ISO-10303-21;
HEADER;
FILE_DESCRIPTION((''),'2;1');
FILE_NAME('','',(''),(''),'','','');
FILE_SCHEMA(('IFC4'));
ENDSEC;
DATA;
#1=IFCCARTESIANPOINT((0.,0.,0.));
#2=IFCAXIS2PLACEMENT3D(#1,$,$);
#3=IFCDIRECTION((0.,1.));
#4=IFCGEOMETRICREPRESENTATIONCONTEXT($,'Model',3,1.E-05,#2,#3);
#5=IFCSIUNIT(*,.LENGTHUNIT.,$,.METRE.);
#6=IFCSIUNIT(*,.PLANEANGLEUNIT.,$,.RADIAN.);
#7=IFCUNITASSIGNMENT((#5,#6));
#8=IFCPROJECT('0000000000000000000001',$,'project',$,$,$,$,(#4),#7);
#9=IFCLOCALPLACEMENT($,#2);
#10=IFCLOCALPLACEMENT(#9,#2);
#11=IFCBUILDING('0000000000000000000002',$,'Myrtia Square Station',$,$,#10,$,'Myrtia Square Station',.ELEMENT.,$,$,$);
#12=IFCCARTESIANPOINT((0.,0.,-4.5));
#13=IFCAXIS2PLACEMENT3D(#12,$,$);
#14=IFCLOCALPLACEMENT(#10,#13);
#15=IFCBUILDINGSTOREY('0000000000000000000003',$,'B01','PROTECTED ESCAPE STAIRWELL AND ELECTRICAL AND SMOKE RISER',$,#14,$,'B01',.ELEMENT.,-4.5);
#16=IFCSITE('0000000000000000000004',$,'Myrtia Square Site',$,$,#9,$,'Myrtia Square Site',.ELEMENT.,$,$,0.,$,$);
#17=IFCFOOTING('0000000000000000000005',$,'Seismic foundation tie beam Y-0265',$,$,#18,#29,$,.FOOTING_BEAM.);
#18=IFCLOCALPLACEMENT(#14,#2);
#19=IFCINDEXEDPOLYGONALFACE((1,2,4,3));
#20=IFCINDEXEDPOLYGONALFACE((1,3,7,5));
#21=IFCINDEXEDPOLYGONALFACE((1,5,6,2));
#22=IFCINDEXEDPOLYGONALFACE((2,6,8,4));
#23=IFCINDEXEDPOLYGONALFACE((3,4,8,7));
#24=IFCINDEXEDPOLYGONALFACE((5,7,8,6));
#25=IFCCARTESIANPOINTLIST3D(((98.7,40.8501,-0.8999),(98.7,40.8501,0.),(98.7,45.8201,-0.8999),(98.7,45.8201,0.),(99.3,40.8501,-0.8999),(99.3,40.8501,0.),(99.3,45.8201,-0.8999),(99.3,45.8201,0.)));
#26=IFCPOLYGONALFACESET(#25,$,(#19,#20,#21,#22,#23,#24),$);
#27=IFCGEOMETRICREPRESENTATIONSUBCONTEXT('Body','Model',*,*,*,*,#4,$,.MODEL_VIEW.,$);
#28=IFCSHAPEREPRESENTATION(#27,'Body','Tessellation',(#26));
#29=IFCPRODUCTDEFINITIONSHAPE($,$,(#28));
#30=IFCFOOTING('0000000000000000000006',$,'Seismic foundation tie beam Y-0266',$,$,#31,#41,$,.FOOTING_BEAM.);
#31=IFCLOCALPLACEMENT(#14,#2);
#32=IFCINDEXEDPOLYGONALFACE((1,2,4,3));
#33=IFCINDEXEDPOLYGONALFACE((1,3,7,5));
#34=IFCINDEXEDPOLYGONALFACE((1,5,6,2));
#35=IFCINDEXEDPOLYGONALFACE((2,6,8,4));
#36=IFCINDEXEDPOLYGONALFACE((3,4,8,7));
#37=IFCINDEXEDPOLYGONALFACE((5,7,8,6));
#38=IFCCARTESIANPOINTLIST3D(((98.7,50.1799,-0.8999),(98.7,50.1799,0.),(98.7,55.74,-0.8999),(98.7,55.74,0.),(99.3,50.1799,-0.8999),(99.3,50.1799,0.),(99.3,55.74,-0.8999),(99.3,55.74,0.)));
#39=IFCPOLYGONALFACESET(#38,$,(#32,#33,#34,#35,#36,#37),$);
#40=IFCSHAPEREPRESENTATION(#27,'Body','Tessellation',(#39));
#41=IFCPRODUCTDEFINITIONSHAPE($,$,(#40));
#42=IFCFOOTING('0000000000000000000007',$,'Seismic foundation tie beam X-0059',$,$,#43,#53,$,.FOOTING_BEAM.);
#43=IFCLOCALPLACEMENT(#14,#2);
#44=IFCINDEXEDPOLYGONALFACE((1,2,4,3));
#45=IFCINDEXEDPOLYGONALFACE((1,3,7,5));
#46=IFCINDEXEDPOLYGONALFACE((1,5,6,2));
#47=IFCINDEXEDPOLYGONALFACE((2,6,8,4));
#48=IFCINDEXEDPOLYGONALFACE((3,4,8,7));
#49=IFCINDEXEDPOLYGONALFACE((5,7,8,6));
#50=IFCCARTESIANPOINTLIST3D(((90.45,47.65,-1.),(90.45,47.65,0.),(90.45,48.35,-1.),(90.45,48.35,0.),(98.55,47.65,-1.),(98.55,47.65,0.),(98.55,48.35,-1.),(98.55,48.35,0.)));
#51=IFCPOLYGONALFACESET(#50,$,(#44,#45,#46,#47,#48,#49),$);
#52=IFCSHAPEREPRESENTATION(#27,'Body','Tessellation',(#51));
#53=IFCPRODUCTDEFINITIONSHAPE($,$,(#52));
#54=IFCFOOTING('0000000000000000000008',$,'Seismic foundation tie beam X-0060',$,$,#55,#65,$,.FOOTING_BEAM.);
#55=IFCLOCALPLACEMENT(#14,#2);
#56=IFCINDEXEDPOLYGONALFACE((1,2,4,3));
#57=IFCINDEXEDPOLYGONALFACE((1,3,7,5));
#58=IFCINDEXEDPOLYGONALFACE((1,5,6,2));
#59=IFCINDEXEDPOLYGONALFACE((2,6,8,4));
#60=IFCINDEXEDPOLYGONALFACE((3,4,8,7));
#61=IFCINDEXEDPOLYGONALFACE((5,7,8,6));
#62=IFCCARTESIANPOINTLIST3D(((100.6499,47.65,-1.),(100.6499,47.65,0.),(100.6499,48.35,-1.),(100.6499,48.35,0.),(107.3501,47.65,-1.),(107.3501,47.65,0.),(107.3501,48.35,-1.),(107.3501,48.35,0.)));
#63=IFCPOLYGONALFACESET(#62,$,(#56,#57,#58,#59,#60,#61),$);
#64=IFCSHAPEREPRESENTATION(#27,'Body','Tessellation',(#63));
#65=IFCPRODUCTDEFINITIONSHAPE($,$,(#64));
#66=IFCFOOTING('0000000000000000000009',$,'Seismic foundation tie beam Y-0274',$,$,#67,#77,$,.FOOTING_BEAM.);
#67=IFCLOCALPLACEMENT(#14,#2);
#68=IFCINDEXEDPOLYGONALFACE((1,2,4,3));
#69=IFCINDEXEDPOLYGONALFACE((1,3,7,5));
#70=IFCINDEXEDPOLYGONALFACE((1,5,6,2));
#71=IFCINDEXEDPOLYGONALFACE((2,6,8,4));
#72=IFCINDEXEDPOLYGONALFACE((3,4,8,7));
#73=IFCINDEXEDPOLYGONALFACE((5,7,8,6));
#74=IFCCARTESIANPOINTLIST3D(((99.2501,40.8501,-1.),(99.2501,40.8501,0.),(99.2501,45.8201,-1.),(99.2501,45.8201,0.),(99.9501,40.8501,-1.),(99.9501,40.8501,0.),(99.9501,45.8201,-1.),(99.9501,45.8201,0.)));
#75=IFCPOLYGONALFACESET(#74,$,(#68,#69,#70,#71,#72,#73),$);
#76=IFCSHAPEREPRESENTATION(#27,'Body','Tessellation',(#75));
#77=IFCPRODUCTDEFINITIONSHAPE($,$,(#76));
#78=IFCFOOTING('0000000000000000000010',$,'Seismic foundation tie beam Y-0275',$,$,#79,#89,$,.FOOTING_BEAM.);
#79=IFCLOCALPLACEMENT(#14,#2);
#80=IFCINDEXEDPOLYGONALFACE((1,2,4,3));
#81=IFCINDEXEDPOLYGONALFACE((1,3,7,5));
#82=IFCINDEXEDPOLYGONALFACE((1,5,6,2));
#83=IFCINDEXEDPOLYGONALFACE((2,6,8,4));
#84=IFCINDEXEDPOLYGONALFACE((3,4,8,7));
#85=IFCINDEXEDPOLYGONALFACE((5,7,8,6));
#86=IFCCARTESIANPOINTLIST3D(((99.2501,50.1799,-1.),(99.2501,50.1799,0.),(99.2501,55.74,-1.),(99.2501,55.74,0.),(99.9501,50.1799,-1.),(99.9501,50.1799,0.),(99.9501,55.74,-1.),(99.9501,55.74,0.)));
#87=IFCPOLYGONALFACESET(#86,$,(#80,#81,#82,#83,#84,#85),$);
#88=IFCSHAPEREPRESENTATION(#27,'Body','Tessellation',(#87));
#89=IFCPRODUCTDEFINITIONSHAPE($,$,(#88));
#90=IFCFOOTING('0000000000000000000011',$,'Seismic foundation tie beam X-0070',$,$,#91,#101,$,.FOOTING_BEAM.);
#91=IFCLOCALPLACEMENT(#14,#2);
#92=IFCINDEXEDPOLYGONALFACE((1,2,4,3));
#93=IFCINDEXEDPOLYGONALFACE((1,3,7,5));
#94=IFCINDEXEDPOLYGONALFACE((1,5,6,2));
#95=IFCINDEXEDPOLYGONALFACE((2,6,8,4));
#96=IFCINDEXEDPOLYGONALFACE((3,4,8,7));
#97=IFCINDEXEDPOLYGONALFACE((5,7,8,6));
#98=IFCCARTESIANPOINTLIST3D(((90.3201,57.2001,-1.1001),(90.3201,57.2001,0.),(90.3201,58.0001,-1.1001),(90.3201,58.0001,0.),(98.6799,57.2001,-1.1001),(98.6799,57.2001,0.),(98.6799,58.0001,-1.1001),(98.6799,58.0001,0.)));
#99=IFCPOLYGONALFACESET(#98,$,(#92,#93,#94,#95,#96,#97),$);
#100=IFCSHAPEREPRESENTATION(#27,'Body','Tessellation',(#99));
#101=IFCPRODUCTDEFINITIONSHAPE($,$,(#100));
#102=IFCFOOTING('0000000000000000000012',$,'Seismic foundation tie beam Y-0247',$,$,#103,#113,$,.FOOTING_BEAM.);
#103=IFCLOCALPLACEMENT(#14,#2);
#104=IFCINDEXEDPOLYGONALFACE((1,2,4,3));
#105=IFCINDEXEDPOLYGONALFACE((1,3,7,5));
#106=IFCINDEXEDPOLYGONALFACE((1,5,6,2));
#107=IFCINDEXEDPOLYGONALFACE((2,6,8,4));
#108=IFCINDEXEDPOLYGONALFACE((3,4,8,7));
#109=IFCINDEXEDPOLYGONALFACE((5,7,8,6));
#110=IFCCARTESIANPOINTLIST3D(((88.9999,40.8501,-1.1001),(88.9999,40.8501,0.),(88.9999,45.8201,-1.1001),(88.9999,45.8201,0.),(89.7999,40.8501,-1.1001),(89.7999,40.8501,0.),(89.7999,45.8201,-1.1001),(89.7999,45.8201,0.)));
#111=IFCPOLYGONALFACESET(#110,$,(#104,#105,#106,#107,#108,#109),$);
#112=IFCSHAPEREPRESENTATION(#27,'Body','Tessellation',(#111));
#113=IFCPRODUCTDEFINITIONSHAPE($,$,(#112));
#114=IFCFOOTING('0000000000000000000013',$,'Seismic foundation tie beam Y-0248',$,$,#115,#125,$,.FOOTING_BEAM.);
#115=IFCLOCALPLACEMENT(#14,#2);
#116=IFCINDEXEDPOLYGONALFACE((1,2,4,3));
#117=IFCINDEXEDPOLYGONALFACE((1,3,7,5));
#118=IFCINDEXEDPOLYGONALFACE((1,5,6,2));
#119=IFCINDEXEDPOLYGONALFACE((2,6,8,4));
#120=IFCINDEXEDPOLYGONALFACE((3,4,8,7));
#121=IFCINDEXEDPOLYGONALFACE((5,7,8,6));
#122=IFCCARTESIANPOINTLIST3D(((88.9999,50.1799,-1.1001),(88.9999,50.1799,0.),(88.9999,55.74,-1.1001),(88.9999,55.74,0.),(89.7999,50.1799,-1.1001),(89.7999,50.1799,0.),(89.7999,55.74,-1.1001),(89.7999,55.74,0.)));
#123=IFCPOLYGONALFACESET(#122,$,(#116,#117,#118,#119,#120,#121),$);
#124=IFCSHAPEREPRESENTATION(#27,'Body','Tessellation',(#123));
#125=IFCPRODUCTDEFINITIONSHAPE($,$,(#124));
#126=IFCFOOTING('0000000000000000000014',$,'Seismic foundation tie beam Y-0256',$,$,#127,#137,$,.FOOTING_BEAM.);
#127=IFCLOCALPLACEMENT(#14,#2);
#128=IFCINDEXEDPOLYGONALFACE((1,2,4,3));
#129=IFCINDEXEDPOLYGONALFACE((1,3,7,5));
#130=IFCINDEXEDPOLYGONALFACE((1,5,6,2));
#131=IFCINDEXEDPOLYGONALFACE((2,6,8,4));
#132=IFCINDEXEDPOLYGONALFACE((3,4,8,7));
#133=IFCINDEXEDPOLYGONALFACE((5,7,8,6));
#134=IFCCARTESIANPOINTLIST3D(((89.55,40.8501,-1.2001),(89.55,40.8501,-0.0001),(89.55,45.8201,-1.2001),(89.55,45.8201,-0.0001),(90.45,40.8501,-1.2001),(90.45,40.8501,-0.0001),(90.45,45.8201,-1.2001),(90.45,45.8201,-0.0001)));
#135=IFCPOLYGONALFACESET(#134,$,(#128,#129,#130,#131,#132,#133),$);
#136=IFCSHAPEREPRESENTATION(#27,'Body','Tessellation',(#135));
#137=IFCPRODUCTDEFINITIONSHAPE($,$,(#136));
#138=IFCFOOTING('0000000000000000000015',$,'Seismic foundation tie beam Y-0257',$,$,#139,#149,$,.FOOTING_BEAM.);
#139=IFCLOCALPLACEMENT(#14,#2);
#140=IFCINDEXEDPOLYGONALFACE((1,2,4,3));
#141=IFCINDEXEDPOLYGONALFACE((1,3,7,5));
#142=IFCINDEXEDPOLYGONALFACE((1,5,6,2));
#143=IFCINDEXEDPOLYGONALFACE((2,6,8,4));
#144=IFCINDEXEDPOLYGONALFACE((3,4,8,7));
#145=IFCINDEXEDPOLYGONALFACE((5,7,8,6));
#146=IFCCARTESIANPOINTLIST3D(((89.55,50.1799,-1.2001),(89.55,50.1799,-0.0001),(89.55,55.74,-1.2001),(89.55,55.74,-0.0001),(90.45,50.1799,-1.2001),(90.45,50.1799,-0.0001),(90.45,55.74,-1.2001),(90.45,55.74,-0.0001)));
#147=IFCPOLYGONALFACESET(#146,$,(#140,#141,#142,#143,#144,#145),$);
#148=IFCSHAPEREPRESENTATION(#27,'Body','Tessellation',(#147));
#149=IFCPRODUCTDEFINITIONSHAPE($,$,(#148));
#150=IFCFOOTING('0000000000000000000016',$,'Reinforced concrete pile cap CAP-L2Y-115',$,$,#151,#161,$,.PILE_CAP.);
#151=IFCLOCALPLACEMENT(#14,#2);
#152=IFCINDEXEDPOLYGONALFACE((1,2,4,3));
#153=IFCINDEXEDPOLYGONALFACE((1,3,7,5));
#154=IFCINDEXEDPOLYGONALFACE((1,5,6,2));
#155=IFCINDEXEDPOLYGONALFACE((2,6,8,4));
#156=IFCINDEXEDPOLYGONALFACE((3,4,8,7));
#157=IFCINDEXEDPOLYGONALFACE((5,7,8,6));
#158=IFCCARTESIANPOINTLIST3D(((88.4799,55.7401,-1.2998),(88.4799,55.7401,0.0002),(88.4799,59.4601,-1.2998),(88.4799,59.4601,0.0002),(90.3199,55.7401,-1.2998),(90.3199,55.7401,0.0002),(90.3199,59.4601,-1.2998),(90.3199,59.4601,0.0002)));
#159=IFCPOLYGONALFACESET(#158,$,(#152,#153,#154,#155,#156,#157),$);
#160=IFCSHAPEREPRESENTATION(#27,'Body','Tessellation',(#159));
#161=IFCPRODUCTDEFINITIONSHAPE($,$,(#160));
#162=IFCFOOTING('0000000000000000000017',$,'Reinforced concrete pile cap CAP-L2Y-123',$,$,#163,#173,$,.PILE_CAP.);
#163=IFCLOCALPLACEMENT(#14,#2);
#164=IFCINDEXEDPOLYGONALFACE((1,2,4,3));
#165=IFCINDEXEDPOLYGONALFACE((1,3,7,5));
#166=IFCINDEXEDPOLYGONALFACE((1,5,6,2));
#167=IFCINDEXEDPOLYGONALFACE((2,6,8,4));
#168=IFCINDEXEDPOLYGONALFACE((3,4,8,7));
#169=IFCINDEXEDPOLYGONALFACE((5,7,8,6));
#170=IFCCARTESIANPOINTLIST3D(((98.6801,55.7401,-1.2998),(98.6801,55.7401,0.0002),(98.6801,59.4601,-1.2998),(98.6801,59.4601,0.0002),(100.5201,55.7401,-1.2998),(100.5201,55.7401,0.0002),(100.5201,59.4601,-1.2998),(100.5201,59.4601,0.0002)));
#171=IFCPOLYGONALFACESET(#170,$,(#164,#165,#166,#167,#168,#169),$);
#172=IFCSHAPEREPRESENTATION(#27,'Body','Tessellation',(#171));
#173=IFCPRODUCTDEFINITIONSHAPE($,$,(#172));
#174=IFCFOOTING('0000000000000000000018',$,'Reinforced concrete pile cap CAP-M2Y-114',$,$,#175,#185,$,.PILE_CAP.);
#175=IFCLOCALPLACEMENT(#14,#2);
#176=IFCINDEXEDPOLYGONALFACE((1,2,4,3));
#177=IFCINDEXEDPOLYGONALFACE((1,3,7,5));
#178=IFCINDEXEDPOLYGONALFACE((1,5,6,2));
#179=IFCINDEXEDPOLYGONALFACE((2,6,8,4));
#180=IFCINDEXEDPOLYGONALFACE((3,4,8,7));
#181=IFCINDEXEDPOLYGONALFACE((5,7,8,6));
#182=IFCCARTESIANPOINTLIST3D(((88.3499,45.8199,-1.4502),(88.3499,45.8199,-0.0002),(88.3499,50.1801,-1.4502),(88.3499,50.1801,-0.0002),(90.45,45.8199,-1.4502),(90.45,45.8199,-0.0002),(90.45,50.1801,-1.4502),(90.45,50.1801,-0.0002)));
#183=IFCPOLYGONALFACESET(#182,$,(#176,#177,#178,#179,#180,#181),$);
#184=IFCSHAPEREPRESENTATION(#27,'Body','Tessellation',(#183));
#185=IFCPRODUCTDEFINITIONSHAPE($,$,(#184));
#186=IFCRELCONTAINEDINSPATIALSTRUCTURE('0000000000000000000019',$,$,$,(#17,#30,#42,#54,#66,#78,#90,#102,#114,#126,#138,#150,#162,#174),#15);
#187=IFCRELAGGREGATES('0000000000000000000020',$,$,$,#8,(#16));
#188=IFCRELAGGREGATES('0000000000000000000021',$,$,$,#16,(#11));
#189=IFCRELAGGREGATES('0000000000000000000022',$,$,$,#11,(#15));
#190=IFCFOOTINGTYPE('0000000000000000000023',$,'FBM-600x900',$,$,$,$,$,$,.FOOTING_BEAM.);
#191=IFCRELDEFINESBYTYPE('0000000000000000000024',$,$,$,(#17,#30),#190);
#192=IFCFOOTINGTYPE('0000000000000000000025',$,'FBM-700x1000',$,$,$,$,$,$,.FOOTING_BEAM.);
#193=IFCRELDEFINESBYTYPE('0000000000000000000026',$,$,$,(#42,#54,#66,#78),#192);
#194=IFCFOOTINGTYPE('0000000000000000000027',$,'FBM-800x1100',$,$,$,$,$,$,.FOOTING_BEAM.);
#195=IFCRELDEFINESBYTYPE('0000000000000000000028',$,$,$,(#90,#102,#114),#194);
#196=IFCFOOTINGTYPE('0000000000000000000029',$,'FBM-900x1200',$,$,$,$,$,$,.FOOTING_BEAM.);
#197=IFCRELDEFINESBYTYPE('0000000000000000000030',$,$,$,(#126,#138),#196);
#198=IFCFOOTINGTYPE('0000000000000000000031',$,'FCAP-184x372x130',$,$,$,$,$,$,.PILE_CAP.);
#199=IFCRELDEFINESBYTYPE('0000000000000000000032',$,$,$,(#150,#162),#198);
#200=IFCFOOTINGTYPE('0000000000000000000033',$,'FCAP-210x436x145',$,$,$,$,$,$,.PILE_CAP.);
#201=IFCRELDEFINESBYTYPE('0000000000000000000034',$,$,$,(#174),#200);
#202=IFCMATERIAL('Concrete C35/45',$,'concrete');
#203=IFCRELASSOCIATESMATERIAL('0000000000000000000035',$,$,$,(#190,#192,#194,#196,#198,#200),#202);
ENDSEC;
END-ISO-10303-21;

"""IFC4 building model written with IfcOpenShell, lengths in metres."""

from ifc_helpers import new_model, si_unit, direction, frame, origin, origin_2d, place, context, subcontext, project, spatial, rectangle, extrude, material, material_profile, profile_set, type_object, element, save


model = new_model("IFC4")

# Units and contexts
model_context = context("Model", 3, precision=1e-05, world=origin(), true_north=direction((0.0, 1.0)))
body_context = subcontext(model_context, "Body", "Model", "MODEL_VIEW")
ifc_project = project(units=[si_unit("LENGTHUNIT", "METRE"), si_unit("PLANEANGLEUNIT", "RADIAN")], contexts=[model_context])

# Site, building, storey
site_placement = place(None, origin())
site = spatial("IfcSite", under=ifc_project, at=site_placement, Name="Myrtia Square Site", LongName="Myrtia Square Site", CompositionType="ELEMENT", RefElevation=0.0)
building_placement = place(site_placement, origin())
building = spatial("IfcBuilding", under=site, at=building_placement, Name="Myrtia Square Station", LongName="Myrtia Square Station", CompositionType="ELEMENT")
storey_placement = place(building_placement, frame((0.0, 0.0, -4.5)))
storey = spatial("IfcBuildingStorey", under=building, at=storey_placement, Name="B01", Description="PROTECTED ESCAPE STAIRWELL AND ELECTRICAL AND SMOKE RISER", LongName="B01", CompositionType="ELEMENT", Elevation=-4.5)

# Footings
ifc_material_1 = material(Name="Concrete C35/45", Category="concrete")
ifc_material_profile_1 = material_profile(ifc_material_1, rectangle(XDim=0.6001, YDim=0.8999, at=origin_2d()), Name="FB 600x900")
ifc_profile_set_1 = profile_set([ifc_material_profile_1], Name="Concrete C35/45")
footing_type_1 = type_object("IfcFootingType", Name="FBM-600x900", PredefinedType="FOOTING_BEAM", material=ifc_profile_set_1)
footing_1_placement = place(storey_placement, frame((99.0, 40.8501, -0.45), z_axis=(0.0, 1.0, 0.0), x_axis=(-1.0, 0.0, 0.0)))
element("IfcFooting", 1, at=footing_1_placement, inside=storey, type_object=footing_type_1, Name="Seismic foundation tie beam Y-0265", PredefinedType="FOOTING_BEAM", context=body_context, shape_type="SweptSolid", body=[
    extrude(rectangle(XDim=0.6001, YDim=0.8999, at=origin_2d()), origin(), (0.0, 0.0, 1.0), 4.97),
])
footing_2_placement = place(storey_placement, frame((99.0, 50.1799, -0.45), z_axis=(0.0, 1.0, 0.0), x_axis=(-1.0, 0.0, 0.0)))
element("IfcFooting", 2, at=footing_2_placement, inside=storey, type_object=footing_type_1, Name="Seismic foundation tie beam Y-0266", PredefinedType="FOOTING_BEAM", context=body_context, shape_type="SweptSolid", body=[
    extrude(rectangle(XDim=0.6001, YDim=0.8999, at=origin_2d()), origin(), (0.0, 0.0, 1.0), 5.5601),
])
ifc_material_profile_2 = material_profile(ifc_material_1, rectangle(XDim=0.7, YDim=1.0, at=origin_2d()), Name="FB 700x1000")
ifc_profile_set_2 = profile_set([ifc_material_profile_2], Name="Concrete C35/45")
footing_type_2 = type_object("IfcFootingType", Name="FBM-700x1000", PredefinedType="FOOTING_BEAM", material=ifc_profile_set_2)
footing_3_placement = place(storey_placement, frame((90.45, 48.0, -0.5), z_axis=(1.0, 0.0, 0.0), x_axis=(0.0, 1.0, 0.0)))
element("IfcFooting", 3, at=footing_3_placement, inside=storey, type_object=footing_type_2, Name="Seismic foundation tie beam X-0059", PredefinedType="FOOTING_BEAM", context=body_context, shape_type="SweptSolid", body=[
    extrude(rectangle(XDim=0.7, YDim=1.0, at=origin_2d()), origin(), (0.0, 0.0, 1.0), 8.1001),
])
footing_4_placement = place(storey_placement, frame((100.6499, 48.0, -0.5), z_axis=(1.0, 0.0, 0.0), x_axis=(0.0, 1.0, 0.0)))
element("IfcFooting", 4, at=footing_4_placement, inside=storey, type_object=footing_type_2, Name="Seismic foundation tie beam X-0060", PredefinedType="FOOTING_BEAM", context=body_context, shape_type="SweptSolid", body=[
    extrude(rectangle(XDim=0.7, YDim=1.0, at=origin_2d()), origin(), (0.0, 0.0, 1.0), 6.7002),
])
footing_5_placement = place(storey_placement, frame((99.6001, 40.8501, -0.5), z_axis=(0.0, 1.0, 0.0), x_axis=(-1.0, 0.0, 0.0)))
element("IfcFooting", 5, at=footing_5_placement, inside=storey, type_object=footing_type_2, Name="Seismic foundation tie beam Y-0274", PredefinedType="FOOTING_BEAM", context=body_context, shape_type="SweptSolid", body=[
    extrude(rectangle(XDim=0.7, YDim=1.0, at=origin_2d()), origin(), (0.0, 0.0, 1.0), 4.97),
])
footing_6_placement = place(storey_placement, frame((99.6001, 50.1799, -0.5), z_axis=(0.0, 1.0, 0.0), x_axis=(-1.0, 0.0, 0.0)))
element("IfcFooting", 6, at=footing_6_placement, inside=storey, type_object=footing_type_2, Name="Seismic foundation tie beam Y-0275", PredefinedType="FOOTING_BEAM", context=body_context, shape_type="SweptSolid", body=[
    extrude(rectangle(XDim=0.7, YDim=1.0, at=origin_2d()), origin(), (0.0, 0.0, 1.0), 5.5601),
])
ifc_material_profile_3 = material_profile(ifc_material_1, rectangle(XDim=0.8, YDim=1.1001, at=origin_2d()), Name="FB 800x1100")
ifc_profile_set_3 = profile_set([ifc_material_profile_3], Name="Concrete C35/45")
footing_type_3 = type_object("IfcFootingType", Name="FBM-800x1100", PredefinedType="FOOTING_BEAM", material=ifc_profile_set_3)
footing_7_placement = place(storey_placement, frame((90.3201, 57.6001, -0.55), z_axis=(1.0, 0.0, 0.0), x_axis=(0.0, 1.0, 0.0)))
element("IfcFooting", 7, at=footing_7_placement, inside=storey, type_object=footing_type_3, Name="Seismic foundation tie beam X-0070", PredefinedType="FOOTING_BEAM", context=body_context, shape_type="SweptSolid", body=[
    extrude(rectangle(XDim=0.8, YDim=1.1001, at=origin_2d()), origin(), (0.0, 0.0, 1.0), 8.3599),
])
footing_8_placement = place(storey_placement, frame((89.3999, 40.8501, -0.55), z_axis=(0.0, 1.0, 0.0), x_axis=(-1.0, 0.0, 0.0)))
element("IfcFooting", 8, at=footing_8_placement, inside=storey, type_object=footing_type_3, Name="Seismic foundation tie beam Y-0247", PredefinedType="FOOTING_BEAM", context=body_context, shape_type="SweptSolid", body=[
    extrude(rectangle(XDim=0.8, YDim=1.1001, at=origin_2d()), origin(), (0.0, 0.0, 1.0), 4.97),
])
footing_9_placement = place(storey_placement, frame((89.3999, 50.1799, -0.55), z_axis=(0.0, 1.0, 0.0), x_axis=(-1.0, 0.0, 0.0)))
element("IfcFooting", 9, at=footing_9_placement, inside=storey, type_object=footing_type_3, Name="Seismic foundation tie beam Y-0248", PredefinedType="FOOTING_BEAM", context=body_context, shape_type="SweptSolid", body=[
    extrude(rectangle(XDim=0.8, YDim=1.1001, at=origin_2d()), origin(), (0.0, 0.0, 1.0), 5.5601),
])
ifc_material_profile_4 = material_profile(ifc_material_1, rectangle(XDim=0.8999, YDim=1.2, at=origin_2d()), Name="FB 900x1200")
ifc_profile_set_4 = profile_set([ifc_material_profile_4], Name="Concrete C35/45")
footing_type_4 = type_object("IfcFootingType", Name="FBM-900x1200", PredefinedType="FOOTING_BEAM", material=ifc_profile_set_4)
footing_10_placement = place(storey_placement, frame((90.0, 40.8501, -0.6001), z_axis=(0.0, 1.0, 0.0), x_axis=(-1.0, 0.0, 0.0)))
element("IfcFooting", 10, at=footing_10_placement, inside=storey, type_object=footing_type_4, Name="Seismic foundation tie beam Y-0256", PredefinedType="FOOTING_BEAM", context=body_context, shape_type="SweptSolid", body=[
    extrude(rectangle(XDim=0.8999, YDim=1.2, at=origin_2d()), origin(), (0.0, 0.0, 1.0), 4.97),
])
footing_11_placement = place(storey_placement, frame((90.0, 50.1799, -0.6001), z_axis=(0.0, 1.0, 0.0), x_axis=(-1.0, 0.0, 0.0)))
element("IfcFooting", 11, at=footing_11_placement, inside=storey, type_object=footing_type_4, Name="Seismic foundation tie beam Y-0257", PredefinedType="FOOTING_BEAM", context=body_context, shape_type="SweptSolid", body=[
    extrude(rectangle(XDim=0.8999, YDim=1.2, at=origin_2d()), origin(), (0.0, 0.0, 1.0), 5.5601),
])
footing_type_5 = type_object("IfcFootingType", Name="FCAP-184x372x130", PredefinedType="PILE_CAP", material=ifc_material_1)
for number, where, z_axis, x_axis, name in (
    (12, (89.3999, 57.6001, -1.2998), (0.0, 0.0, 1.0), (1.0, 0.0, 0.0), "Reinforced concrete pile cap CAP-L2Y-115"),
    (13, (99.6001, 57.6001, -1.2998), (0.0, 0.0, 1.0), (1.0, 0.0, 0.0), "Reinforced concrete pile cap CAP-L2Y-123"),
):
    element("IfcFooting", number, at=place(storey_placement, frame(where, z_axis=z_axis, x_axis=x_axis)), inside=storey, type_object=footing_type_5, Name=name, PredefinedType="PILE_CAP", context=body_context, shape_type="SweptSolid", body=[
        extrude(rectangle(XDim=1.8401, YDim=3.72, at=origin_2d()), origin(), (0.0, 0.0, 1.0), 1.3),
    ])
footing_type_6 = type_object("IfcFootingType", Name="FCAP-210x436x145", PredefinedType="PILE_CAP", material=ifc_material_1)
for number, where, z_axis, x_axis, name in (
    (14, (89.3999, 48.0, -1.4502), (0.0, 0.0, 1.0), (1.0, 0.0, 0.0), "Reinforced concrete pile cap CAP-M2Y-114"),
):
    element("IfcFooting", number, at=place(storey_placement, frame(where, z_axis=z_axis, x_axis=x_axis)), inside=storey, type_object=footing_type_6, Name=name, PredefinedType="PILE_CAP", context=body_context, shape_type="SweptSolid", body=[
        extrude(rectangle(XDim=2.1001, YDim=4.3601, at=origin_2d()), origin(), (0.0, 0.0, 1.0), 1.45),
    ])

save(model, "model.ifc")
